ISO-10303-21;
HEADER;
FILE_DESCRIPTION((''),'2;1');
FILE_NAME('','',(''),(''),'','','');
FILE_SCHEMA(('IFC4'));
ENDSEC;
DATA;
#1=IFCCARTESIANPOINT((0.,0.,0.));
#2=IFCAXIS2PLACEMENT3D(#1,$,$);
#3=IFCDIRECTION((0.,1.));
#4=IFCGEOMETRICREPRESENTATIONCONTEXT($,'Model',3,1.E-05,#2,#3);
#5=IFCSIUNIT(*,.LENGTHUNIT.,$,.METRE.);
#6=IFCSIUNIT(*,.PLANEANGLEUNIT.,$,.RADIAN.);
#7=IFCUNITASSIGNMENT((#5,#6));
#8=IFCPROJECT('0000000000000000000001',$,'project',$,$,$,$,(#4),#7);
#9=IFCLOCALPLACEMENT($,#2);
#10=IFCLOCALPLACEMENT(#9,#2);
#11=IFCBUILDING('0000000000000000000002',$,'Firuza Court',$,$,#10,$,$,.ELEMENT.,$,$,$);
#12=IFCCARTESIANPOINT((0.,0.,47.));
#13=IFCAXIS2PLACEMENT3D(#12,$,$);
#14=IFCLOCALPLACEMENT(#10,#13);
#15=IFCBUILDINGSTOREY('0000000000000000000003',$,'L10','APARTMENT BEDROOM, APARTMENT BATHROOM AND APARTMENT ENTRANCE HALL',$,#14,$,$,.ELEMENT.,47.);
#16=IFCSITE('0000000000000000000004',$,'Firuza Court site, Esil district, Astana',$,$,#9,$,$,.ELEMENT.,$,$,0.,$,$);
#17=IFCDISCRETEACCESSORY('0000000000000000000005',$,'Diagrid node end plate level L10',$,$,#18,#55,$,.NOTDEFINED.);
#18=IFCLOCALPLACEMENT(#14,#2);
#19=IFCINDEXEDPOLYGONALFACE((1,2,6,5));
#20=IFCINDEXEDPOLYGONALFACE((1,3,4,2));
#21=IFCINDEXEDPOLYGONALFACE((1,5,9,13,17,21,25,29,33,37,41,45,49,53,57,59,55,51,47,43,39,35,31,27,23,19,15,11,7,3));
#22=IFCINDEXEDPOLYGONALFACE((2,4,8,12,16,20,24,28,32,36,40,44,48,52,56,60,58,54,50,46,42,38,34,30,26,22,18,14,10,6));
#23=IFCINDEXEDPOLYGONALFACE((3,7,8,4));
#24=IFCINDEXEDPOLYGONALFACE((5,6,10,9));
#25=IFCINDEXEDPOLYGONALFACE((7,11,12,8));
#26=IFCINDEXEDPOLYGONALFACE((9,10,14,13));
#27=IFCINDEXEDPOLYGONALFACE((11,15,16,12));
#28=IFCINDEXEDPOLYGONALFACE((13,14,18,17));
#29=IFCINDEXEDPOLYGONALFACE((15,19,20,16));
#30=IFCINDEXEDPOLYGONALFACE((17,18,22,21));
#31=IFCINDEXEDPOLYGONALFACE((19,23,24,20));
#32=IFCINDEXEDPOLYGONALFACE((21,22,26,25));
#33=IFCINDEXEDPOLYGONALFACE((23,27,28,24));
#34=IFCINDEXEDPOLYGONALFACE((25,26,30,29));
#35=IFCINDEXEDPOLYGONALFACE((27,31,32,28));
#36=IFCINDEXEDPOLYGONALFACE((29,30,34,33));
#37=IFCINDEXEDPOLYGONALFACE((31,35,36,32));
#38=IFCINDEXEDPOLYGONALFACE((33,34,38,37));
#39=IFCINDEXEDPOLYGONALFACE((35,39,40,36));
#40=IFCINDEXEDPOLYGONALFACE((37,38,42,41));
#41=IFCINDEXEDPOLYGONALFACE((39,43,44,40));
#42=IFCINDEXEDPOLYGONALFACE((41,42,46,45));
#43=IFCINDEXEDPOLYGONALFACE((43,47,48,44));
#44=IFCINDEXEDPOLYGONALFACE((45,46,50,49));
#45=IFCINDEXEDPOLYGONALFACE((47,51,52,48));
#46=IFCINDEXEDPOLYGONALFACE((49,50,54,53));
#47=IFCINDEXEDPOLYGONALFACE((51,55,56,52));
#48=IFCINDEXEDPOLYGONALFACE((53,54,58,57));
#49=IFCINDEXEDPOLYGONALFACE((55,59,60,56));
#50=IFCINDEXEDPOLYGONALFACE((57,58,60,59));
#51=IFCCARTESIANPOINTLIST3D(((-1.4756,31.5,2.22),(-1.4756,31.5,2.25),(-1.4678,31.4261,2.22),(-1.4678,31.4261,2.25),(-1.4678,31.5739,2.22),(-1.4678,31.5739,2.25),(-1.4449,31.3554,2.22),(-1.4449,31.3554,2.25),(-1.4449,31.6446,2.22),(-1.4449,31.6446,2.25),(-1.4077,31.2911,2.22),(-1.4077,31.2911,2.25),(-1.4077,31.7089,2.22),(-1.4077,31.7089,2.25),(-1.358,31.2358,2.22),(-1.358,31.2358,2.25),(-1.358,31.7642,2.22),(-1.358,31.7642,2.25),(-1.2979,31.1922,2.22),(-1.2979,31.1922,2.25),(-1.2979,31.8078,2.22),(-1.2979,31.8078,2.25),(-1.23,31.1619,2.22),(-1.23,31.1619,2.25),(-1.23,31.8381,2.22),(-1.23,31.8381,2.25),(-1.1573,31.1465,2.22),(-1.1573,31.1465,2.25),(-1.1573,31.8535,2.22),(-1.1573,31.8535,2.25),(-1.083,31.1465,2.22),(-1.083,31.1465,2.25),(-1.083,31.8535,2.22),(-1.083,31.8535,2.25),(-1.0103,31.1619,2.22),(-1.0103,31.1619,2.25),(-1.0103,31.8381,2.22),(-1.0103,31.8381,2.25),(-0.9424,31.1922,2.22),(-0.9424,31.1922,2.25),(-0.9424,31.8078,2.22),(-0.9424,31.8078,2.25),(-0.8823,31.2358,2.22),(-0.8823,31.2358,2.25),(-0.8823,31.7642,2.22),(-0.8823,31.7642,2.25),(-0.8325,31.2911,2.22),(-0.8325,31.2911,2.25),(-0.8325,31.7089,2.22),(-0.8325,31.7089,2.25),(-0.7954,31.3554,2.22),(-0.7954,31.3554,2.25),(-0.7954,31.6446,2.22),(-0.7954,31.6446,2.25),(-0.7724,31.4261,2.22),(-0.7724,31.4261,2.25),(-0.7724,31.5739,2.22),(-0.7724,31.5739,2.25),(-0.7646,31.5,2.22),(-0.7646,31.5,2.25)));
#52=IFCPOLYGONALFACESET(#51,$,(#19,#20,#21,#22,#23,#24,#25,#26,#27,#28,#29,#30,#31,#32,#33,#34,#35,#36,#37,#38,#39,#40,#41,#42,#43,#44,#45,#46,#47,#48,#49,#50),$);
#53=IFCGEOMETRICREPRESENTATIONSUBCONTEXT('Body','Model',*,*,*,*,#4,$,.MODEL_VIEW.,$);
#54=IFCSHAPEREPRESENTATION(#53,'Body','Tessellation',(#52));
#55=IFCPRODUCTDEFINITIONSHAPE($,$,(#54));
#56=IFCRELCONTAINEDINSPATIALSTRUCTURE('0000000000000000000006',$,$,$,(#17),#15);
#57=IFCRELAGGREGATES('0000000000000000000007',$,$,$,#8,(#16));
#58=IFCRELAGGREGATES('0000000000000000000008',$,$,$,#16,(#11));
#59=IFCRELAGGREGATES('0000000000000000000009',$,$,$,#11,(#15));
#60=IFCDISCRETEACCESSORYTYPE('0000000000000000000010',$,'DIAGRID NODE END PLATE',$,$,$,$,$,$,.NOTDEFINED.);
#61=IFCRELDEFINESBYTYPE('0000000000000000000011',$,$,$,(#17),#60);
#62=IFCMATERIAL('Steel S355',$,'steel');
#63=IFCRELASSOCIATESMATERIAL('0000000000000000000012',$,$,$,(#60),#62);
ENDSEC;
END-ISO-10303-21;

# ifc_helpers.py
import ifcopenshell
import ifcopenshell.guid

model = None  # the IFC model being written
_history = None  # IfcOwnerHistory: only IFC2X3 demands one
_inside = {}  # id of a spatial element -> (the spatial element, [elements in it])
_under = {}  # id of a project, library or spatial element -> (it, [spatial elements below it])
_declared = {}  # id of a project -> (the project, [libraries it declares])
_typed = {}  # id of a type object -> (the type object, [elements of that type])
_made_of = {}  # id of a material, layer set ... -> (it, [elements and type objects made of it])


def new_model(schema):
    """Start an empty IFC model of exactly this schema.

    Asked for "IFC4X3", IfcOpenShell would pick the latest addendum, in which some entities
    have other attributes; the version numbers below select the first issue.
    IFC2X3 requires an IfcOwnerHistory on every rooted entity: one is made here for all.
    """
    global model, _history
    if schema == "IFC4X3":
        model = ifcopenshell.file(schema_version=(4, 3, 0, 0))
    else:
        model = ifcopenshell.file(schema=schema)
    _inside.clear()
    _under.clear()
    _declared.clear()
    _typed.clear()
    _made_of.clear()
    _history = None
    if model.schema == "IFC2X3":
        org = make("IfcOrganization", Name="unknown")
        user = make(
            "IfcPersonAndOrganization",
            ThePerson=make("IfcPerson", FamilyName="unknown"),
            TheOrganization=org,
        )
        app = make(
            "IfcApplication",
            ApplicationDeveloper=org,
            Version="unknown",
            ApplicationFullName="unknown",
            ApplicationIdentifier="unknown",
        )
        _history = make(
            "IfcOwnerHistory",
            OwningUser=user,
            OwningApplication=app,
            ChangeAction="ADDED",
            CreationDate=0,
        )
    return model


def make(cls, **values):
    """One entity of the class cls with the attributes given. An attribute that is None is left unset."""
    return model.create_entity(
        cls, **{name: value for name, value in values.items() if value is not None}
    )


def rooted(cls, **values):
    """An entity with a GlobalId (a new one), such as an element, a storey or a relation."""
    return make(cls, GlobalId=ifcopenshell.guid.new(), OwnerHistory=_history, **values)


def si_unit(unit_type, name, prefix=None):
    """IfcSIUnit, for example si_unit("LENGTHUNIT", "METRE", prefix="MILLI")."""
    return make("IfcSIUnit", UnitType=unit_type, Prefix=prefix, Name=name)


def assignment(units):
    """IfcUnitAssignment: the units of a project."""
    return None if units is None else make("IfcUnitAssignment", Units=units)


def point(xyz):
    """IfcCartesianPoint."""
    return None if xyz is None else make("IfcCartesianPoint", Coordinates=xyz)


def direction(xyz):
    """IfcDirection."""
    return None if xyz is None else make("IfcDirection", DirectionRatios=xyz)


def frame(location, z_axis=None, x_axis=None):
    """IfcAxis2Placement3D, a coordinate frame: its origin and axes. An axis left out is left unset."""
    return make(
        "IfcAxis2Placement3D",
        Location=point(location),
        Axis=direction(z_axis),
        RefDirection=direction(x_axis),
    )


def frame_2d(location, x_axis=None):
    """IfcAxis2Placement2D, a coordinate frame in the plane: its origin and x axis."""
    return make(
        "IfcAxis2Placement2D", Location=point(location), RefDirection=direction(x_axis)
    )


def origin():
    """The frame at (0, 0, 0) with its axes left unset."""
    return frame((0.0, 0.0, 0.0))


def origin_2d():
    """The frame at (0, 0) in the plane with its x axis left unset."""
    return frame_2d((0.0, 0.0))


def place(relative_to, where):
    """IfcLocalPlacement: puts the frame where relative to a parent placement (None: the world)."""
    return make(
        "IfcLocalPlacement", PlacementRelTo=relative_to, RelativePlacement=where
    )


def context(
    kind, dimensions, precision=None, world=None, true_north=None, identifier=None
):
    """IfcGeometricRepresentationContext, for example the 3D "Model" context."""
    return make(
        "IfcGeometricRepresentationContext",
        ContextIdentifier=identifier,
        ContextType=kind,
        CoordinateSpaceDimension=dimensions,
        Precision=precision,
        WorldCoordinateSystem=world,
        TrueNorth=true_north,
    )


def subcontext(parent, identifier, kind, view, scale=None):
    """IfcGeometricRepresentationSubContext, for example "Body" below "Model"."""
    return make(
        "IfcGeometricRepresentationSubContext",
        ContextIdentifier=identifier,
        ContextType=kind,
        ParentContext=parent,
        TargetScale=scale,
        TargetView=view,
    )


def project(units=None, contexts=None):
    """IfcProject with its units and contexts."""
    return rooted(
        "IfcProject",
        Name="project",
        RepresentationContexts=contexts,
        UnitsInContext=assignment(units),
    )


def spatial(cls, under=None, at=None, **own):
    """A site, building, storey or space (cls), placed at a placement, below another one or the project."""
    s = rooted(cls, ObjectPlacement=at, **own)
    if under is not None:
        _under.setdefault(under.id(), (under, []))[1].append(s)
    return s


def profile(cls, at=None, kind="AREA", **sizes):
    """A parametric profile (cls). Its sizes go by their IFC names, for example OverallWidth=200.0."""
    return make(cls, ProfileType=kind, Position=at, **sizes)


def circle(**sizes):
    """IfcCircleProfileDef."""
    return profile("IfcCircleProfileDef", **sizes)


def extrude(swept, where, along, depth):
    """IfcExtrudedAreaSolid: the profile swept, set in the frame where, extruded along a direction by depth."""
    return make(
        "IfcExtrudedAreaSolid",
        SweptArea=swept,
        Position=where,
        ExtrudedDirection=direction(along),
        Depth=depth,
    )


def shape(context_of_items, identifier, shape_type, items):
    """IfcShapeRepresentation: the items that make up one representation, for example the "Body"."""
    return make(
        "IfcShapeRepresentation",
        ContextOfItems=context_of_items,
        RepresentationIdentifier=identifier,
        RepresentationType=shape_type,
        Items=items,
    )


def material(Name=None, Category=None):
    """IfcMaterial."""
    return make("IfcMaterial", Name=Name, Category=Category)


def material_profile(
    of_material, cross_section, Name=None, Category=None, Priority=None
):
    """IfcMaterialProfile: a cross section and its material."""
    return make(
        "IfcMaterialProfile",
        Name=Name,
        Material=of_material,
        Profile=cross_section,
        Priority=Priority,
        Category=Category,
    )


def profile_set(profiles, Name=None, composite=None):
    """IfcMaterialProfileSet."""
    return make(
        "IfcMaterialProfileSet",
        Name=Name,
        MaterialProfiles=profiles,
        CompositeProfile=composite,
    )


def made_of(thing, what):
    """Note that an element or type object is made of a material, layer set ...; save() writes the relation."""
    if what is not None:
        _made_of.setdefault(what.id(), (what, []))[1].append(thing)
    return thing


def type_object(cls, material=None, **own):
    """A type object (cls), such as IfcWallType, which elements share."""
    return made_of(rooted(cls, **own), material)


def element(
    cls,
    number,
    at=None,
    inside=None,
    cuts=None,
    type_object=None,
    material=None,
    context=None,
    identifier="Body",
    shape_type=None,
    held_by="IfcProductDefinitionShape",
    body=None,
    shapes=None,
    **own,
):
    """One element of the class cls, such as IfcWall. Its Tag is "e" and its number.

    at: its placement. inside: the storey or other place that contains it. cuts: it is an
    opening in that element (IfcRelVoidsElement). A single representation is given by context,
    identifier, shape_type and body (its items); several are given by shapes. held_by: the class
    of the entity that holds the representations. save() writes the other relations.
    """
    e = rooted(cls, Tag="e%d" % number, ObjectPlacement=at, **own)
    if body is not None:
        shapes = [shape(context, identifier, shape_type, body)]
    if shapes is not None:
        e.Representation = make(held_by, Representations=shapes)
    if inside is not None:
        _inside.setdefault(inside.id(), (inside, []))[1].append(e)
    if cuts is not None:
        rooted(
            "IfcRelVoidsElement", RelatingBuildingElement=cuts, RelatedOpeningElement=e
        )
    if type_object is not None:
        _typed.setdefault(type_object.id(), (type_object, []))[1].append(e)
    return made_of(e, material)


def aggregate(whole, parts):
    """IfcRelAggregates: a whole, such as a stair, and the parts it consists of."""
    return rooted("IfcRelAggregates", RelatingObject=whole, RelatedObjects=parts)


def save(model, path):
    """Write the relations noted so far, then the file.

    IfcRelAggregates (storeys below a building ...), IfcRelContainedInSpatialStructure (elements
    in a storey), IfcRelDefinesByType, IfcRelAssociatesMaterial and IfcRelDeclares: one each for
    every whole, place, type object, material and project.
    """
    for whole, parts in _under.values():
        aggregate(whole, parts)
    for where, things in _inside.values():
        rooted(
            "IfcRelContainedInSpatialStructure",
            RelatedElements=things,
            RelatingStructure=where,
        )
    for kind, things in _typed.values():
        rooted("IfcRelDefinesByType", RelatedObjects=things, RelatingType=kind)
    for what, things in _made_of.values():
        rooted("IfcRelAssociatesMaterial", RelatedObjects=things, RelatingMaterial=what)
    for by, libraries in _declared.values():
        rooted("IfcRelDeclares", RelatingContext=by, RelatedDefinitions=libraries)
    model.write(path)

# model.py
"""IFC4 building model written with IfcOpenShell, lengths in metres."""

from ifc_helpers import new_model, si_unit, direction, frame, origin, origin_2d, place, context, subcontext, project, spatial, circle, extrude, material, material_profile, profile_set, type_object, element, save


model = new_model("IFC4")

# Units and contexts
model_context = context("Model", 3, precision=1e-05, world=origin(), true_north=direction((0.0, 1.0)))
body_context = subcontext(model_context, "Body", "Model", "MODEL_VIEW")
ifc_project = project(units=[si_unit("LENGTHUNIT", "METRE"), si_unit("PLANEANGLEUNIT", "RADIAN")], contexts=[model_context])

# Site, building, storey
site_placement = place(None, origin())
site = spatial("IfcSite", under=ifc_project, at=site_placement, Name="Firuza Court site, Esil district, Astana", CompositionType="ELEMENT", RefElevation=0.0)
building_placement = place(site_placement, origin())
building = spatial("IfcBuilding", under=site, at=building_placement, Name="Firuza Court", CompositionType="ELEMENT")
storey_placement = place(building_placement, frame((0.0, 0.0, 47.0)))
storey = spatial("IfcBuildingStorey", under=building, at=storey_placement, Name="L10", Description="APARTMENT BEDROOM, APARTMENT BATHROOM AND APARTMENT ENTRANCE HALL", CompositionType="ELEMENT", Elevation=47.0)

# Discrete accessory
ifc_material_1 = material(Name="Steel S355", Category="steel")
ifc_material_profile_1 = material_profile(ifc_material_1, circle(Radius=0.3555, at=origin_2d()), Name="PL D711")
ifc_profile_set_1 = profile_set([ifc_material_profile_1], Name="Steel S355")
discrete_accessory_type = type_object("IfcDiscreteAccessoryType", Name="DIAGRID NODE END PLATE", PredefinedType="NOTDEFINED", material=ifc_profile_set_1)
discrete_accessory_1_placement = place(storey_placement, frame((-1.1201, 31.5, 2.22), z_axis=(0.0, 0.0, 1.0), x_axis=(1.0, 0.0, 0.0)))
element("IfcDiscreteAccessory", 1, at=discrete_accessory_1_placement, inside=storey, type_object=discrete_accessory_type, Name="Diagrid node end plate level L10", PredefinedType="NOTDEFINED", context=body_context, shape_type="SweptSolid", body=[
    extrude(circle(Radius=0.3555, at=origin_2d()), origin(), (0.0, 0.0, 1.0), 0.03),
])

save(model, "model.ifc")
